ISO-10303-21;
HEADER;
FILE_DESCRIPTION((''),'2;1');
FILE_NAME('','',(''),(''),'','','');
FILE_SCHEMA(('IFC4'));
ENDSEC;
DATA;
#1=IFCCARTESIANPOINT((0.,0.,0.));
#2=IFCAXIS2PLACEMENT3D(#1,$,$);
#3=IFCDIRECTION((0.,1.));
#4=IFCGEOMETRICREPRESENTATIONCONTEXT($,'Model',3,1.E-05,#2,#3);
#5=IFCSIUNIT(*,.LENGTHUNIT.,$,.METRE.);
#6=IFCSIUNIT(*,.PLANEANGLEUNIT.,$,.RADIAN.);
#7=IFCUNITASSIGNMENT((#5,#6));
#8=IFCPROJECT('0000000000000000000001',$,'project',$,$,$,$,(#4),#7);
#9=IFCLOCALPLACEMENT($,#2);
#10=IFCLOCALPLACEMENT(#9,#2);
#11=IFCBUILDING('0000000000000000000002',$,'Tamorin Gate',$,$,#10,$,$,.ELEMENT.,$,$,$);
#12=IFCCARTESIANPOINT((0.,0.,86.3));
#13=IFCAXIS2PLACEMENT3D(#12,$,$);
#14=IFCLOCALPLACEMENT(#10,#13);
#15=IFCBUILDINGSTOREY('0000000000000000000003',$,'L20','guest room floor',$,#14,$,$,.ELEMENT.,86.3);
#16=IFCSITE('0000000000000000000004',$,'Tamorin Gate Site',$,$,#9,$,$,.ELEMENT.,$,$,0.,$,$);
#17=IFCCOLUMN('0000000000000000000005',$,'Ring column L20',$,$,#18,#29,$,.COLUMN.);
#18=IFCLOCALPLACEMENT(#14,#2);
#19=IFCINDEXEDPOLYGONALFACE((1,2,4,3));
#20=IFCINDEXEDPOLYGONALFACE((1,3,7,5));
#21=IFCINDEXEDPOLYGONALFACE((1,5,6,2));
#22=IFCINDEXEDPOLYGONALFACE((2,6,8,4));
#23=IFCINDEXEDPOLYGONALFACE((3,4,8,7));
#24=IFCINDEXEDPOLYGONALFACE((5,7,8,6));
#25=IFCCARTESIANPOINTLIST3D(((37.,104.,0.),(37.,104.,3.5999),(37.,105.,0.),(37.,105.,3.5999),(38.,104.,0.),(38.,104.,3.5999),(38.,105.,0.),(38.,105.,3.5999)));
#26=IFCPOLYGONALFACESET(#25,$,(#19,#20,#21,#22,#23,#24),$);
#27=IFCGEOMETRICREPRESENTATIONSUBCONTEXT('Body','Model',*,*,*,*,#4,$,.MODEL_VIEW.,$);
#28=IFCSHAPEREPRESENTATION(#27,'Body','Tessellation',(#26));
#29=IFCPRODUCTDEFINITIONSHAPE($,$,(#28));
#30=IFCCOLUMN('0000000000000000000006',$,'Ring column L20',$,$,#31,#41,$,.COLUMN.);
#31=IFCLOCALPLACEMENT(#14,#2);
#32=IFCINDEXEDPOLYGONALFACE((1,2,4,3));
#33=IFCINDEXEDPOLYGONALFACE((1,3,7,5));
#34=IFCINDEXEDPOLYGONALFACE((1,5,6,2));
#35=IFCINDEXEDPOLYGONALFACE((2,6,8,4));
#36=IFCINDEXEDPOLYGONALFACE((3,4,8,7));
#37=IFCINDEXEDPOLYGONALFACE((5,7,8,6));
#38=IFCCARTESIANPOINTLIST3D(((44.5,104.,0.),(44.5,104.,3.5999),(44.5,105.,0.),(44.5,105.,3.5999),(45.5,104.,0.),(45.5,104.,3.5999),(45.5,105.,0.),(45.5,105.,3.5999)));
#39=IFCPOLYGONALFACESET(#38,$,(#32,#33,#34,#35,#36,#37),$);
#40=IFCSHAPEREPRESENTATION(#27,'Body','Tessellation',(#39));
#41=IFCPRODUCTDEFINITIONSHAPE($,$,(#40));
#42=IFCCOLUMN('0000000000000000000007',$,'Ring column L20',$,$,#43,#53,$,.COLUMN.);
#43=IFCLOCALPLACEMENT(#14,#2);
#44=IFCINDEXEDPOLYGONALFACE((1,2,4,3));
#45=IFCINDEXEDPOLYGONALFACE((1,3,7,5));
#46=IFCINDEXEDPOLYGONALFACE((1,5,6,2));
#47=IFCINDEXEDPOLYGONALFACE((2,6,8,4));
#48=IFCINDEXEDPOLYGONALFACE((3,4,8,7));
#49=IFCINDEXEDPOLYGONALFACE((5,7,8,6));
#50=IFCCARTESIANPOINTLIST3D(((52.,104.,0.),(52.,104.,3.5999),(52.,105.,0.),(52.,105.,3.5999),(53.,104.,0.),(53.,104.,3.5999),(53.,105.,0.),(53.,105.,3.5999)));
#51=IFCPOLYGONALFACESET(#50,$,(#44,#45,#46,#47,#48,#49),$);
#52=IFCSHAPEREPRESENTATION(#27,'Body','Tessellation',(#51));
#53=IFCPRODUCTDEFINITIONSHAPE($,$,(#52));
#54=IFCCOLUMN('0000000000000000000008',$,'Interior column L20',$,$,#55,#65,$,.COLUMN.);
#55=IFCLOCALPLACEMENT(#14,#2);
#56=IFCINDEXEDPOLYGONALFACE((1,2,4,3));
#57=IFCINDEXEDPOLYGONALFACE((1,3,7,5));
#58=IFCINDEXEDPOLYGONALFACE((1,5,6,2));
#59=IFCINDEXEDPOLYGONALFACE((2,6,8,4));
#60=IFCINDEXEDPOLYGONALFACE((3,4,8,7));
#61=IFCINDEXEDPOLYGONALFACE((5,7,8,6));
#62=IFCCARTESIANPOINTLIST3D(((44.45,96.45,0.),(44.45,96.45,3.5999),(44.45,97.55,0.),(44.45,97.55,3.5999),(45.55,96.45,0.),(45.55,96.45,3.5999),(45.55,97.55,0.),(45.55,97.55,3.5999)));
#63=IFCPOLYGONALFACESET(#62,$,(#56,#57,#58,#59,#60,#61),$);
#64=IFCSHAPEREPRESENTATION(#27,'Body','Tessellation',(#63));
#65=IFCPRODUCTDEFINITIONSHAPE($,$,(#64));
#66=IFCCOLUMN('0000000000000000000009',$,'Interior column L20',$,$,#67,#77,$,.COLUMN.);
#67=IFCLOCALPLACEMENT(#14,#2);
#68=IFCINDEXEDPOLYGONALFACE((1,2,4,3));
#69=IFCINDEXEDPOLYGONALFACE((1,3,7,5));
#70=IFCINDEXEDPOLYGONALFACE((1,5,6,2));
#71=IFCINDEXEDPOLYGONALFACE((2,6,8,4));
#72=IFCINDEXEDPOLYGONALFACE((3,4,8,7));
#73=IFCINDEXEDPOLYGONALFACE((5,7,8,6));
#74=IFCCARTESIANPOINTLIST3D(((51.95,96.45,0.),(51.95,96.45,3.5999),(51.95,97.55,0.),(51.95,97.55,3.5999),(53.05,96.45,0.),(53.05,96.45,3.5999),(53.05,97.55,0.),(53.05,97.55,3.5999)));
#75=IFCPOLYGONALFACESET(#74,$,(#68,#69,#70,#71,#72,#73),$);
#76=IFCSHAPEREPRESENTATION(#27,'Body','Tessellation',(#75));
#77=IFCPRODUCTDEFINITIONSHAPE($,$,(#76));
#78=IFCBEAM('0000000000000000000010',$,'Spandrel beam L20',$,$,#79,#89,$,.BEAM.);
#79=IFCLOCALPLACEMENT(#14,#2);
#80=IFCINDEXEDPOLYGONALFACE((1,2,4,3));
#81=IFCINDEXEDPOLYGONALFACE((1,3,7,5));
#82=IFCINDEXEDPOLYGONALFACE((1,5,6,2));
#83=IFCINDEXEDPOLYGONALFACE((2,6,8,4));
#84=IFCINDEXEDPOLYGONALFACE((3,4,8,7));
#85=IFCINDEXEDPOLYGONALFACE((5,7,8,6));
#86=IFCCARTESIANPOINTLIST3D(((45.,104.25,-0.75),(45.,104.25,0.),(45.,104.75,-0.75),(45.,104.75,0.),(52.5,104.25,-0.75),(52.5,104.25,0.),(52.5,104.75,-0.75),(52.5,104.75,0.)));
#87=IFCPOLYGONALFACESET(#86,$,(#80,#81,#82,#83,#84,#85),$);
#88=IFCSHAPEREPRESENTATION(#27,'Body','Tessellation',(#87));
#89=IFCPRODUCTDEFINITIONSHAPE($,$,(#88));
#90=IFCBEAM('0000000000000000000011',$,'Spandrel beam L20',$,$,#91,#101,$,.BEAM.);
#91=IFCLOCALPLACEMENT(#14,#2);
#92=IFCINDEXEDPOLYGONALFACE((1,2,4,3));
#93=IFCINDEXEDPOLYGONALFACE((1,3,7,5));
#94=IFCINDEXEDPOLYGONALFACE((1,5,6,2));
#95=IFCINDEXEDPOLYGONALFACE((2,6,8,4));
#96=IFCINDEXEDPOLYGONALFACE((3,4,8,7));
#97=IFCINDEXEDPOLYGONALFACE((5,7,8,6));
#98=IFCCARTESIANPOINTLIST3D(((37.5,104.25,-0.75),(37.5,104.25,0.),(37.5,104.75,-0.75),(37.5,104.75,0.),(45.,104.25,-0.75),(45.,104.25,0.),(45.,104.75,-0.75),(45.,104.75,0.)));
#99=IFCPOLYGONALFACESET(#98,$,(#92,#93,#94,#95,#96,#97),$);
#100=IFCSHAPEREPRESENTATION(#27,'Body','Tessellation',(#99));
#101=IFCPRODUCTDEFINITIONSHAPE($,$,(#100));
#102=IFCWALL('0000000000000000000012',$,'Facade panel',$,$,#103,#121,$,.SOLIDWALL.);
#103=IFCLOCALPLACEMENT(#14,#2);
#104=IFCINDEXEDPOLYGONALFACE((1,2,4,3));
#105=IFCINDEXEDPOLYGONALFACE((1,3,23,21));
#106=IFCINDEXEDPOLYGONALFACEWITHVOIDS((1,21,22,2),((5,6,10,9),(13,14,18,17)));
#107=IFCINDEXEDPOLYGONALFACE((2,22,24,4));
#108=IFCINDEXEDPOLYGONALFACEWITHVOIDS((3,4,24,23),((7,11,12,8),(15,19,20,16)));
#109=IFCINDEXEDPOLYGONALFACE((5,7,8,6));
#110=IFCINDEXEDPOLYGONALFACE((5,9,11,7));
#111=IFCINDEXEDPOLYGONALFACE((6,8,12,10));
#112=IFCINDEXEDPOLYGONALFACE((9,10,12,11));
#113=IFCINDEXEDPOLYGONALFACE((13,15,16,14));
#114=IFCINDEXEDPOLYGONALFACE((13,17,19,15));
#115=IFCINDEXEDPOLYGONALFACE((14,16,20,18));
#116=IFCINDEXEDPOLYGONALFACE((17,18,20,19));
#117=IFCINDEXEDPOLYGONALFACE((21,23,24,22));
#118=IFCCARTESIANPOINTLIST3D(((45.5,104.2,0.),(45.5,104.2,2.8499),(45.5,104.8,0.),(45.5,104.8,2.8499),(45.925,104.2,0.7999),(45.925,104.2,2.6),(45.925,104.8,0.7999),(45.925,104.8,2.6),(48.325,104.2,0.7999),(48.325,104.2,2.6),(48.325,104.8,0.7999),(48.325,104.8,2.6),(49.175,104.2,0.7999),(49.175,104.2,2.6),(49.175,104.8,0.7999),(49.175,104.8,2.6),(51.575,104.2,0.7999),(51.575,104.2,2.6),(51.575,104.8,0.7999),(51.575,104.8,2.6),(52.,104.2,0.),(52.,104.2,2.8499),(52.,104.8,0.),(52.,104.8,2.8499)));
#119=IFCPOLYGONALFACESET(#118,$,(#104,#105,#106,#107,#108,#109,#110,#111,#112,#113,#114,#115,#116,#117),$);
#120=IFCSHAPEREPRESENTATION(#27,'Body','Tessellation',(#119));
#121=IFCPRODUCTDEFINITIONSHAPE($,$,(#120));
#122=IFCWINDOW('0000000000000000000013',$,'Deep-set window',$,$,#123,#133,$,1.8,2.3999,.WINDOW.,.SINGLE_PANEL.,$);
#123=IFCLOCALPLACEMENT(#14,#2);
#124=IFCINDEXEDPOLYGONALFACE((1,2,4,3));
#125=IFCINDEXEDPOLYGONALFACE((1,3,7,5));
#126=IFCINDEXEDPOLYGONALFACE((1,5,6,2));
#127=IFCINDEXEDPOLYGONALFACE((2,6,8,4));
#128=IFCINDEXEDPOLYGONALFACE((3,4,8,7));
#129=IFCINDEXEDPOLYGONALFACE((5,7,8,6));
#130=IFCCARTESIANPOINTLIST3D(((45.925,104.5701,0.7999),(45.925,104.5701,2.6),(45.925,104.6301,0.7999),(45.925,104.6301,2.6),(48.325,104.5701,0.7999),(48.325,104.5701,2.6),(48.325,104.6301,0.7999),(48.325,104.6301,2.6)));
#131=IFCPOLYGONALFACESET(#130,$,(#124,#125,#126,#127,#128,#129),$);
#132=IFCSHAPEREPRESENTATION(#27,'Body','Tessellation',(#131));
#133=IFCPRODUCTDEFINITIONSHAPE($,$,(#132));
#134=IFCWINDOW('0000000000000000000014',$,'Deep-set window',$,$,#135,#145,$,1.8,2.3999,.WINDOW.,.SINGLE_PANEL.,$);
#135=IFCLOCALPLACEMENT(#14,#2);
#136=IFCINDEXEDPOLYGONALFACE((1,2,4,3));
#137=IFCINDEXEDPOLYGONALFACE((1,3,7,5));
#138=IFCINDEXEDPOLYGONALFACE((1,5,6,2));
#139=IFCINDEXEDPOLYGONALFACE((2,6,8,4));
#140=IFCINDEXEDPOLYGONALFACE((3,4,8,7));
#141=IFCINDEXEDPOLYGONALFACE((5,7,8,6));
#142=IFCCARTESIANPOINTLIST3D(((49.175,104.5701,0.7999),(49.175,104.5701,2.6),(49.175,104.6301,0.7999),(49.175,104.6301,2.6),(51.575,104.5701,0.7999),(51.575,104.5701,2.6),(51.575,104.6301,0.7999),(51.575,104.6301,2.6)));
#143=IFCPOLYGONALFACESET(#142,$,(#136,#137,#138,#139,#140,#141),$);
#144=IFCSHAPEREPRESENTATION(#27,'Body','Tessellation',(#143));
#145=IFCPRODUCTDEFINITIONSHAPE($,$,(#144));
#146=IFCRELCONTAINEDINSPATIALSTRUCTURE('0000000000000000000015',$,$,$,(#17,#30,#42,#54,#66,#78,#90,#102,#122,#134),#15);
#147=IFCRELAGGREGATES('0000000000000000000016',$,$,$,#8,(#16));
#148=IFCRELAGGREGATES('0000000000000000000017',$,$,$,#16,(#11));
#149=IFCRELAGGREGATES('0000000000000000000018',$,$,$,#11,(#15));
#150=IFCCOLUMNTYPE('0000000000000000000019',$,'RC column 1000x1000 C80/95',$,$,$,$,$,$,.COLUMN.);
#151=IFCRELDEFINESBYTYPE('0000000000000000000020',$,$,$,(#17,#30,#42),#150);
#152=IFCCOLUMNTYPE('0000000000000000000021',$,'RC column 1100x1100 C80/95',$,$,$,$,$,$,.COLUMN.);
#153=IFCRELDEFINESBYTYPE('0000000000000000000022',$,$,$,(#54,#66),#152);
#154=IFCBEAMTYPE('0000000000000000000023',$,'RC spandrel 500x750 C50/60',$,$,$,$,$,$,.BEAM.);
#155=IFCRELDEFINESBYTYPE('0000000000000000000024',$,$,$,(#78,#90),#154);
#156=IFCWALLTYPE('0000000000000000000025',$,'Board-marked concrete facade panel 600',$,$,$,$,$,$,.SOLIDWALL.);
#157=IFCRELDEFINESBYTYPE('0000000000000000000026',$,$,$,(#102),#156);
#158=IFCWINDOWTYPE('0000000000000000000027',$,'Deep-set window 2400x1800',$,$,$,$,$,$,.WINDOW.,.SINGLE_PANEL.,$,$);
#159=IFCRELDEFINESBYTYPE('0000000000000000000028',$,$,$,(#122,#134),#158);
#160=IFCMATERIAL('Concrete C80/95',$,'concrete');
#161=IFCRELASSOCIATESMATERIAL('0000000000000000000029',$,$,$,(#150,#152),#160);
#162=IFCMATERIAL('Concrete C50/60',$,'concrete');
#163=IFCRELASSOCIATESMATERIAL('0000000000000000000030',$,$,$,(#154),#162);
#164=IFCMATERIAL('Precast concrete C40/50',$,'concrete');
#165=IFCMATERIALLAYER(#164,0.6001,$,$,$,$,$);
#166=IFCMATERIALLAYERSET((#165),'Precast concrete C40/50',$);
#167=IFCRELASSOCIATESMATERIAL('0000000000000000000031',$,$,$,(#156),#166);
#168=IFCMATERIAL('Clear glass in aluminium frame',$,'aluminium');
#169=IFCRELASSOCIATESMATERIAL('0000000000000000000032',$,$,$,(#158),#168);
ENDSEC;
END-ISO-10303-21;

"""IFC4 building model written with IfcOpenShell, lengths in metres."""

from ifc_helpers import new_model, si_unit, direction, frame, frame_2d, origin, origin_2d, place, context, subcontext, project, spatial, rectangle, extrude, material, layer, layer_set, material_profile, profile_set, type_object, element, fill, save


model = new_model("IFC4")

# Units and contexts
model_context = context("Model", 3, precision=1e-05, world=origin(), true_north=direction((0.0, 1.0)))
body_context = subcontext(model_context, "Body", "Model", "MODEL_VIEW")
ifc_project = project(units=[si_unit("LENGTHUNIT", "METRE"), si_unit("PLANEANGLEUNIT", "RADIAN")], contexts=[model_context])

# Site, building, storey
site_placement = place(None, origin())
site = spatial("IfcSite", under=ifc_project, at=site_placement, Name="Tamorin Gate Site", CompositionType="ELEMENT", RefElevation=0.0)
building_placement = place(site_placement, origin())
building = spatial("IfcBuilding", under=site, at=building_placement, Name="Tamorin Gate", CompositionType="ELEMENT")
storey_placement = place(building_placement, frame((0.0, 0.0, 86.3)))
storey = spatial("IfcBuildingStorey", under=building, at=storey_placement, Name="L20", Description="guest room floor", CompositionType="ELEMENT", Elevation=86.3)

# Columns
ifc_material_1 = material(Name="Concrete C80/95", Category="concrete")
ifc_material_profile_1 = material_profile(ifc_material_1, rectangle(XDim=1.0, YDim=1.0, at=origin_2d()), Name="RC 1000x1000")
ifc_profile_set_1 = profile_set([ifc_material_profile_1], Name="Concrete C80/95")
column_type_1 = type_object("IfcColumnType", Name="RC column 1000x1000 C80/95", PredefinedType="COLUMN", material=ifc_profile_set_1)
for number, where, z_axis, x_axis, name in (
    (1, (37.5, 104.5, 0.0), (0.0, 0.0, 1.0), (1.0, 0.0, 0.0), "Ring column L20"),
    (2, (45.0, 104.5, 0.0), (0.0, 0.0, 1.0), (1.0, 0.0, 0.0), "Ring column L20"),
    (3, (52.5, 104.5, 0.0), (0.0, 0.0, 1.0), (1.0, 0.0, 0.0), "Ring column L20"),
):
    element("IfcColumn", number, at=place(storey_placement, frame(where, z_axis=z_axis, x_axis=x_axis)), inside=storey, type_object=column_type_1, Name=name, PredefinedType="COLUMN", context=body_context, shape_type="SweptSolid", body=[
        extrude(rectangle(XDim=1.0, YDim=1.0, at=origin_2d()), origin(), (0.0, 0.0, 1.0), 3.5999),
    ])
ifc_material_profile_2 = material_profile(ifc_material_1, rectangle(XDim=1.1001, YDim=1.1001, at=origin_2d()), Name="RC 1100x1100")
ifc_profile_set_2 = profile_set([ifc_material_profile_2], Name="Concrete C80/95")
column_type_2 = type_object("IfcColumnType", Name="RC column 1100x1100 C80/95", PredefinedType="COLUMN", material=ifc_profile_set_2)
for number, where, z_axis, x_axis, name in (
    (4, (45.0, 97.0, 0.0), (0.0, 0.0, 1.0), (1.0, 0.0, 0.0), "Interior column L20"),
    (5, (52.5, 97.0, 0.0), (0.0, 0.0, 1.0), (1.0, 0.0, 0.0), "Interior column L20"),
):
    element("IfcColumn", number, at=place(storey_placement, frame(where, z_axis=z_axis, x_axis=x_axis)), inside=storey, type_object=column_type_2, Name=name, PredefinedType="COLUMN", context=body_context, shape_type="SweptSolid", body=[
        extrude(rectangle(XDim=1.1001, YDim=1.1001, at=origin_2d()), origin(), (0.0, 0.0, 1.0), 3.5999),
    ])

# Beams
ifc_material_2 = material(Name="Concrete C50/60", Category="concrete")
ifc_material_profile_3 = material_profile(ifc_material_2, rectangle(XDim=0.5, YDim=0.75, at=origin_2d()), Name="RC 500x750")
ifc_profile_set_3 = profile_set([ifc_material_profile_3], Name="Concrete C50/60")
beam_type = type_object("IfcBeamType", Name="RC spandrel 500x750 C50/60", PredefinedType="BEAM", material=ifc_profile_set_3)
for number, where, z_axis, x_axis, name in (
    (6, (52.5, 104.5, -0.375), (-1.0, 0.0, 0.0), (0.0, -1.0, 0.0), "Spandrel beam L20"),
    (7, (45.0, 104.5, -0.375), (-1.0, 0.0, 0.0), (0.0, -1.0, 0.0), "Spandrel beam L20"),
):
    element("IfcBeam", number, at=place(storey_placement, frame(where, z_axis=z_axis, x_axis=x_axis)), inside=storey, type_object=beam_type, Name=name, PredefinedType="BEAM", context=body_context, shape_type="SweptSolid", body=[
        extrude(rectangle(XDim=0.5, YDim=0.75, at=origin_2d()), origin(), (0.0, 0.0, 1.0), 7.5),
    ])

# Wall, openings, windows
ifc_material_3 = material(Name="Precast concrete C40/50", Category="concrete")
ifc_layer_1 = layer(ifc_material_3, 0.6001)
ifc_layer_set_1 = layer_set([ifc_layer_1], Name="Precast concrete C40/50")
wall_type_1 = type_object("IfcWallType", Name="Board-marked concrete facade panel 600", PredefinedType="SOLIDWALL", material=ifc_layer_set_1)
wall_1_placement = place(storey_placement, frame((52.0, 104.5, 0.0), z_axis=(0.0, 0.0, 1.0), x_axis=(-1.0, 0.0, 0.0)))
wall_1 = element("IfcWall", 8, at=wall_1_placement, inside=storey, type_object=wall_type_1, Name="Facade panel", PredefinedType="SOLIDWALL", context=body_context, shape_type="SweptSolid", body=[
    extrude(rectangle(XDim=6.5, YDim=0.6001, at=frame_2d((3.25, 0.0))), origin(), (0.0, 0.0, 1.0), 2.8499),
])
opening_1_placement = place(wall_1_placement, frame((3.675, 0.0, 0.8)))
opening_1 = element("IfcOpeningElement", 9, at=opening_1_placement, cuts=wall_1, PredefinedType="OPENING", context=body_context, shape_type="SweptSolid", body=[
    extrude(rectangle(XDim=2.3999, YDim=1.8, at=frame_2d((1.2, 0.8999))), frame((0.0, 0.3101, 0.0), z_axis=(0.0, -1.0, 0.0), x_axis=(1.0, 0.0, 0.0)), (0.0, 0.0, 1.0), 0.6201),
])
opening_2_placement = place(wall_1_placement, frame((0.425, 0.0, 0.8)))
opening_2 = element("IfcOpeningElement", 10, at=opening_2_placement, cuts=wall_1, PredefinedType="OPENING", context=body_context, shape_type="SweptSolid", body=[
    extrude(rectangle(XDim=2.3999, YDim=1.8, at=frame_2d((1.2, 0.8999))), frame((0.0, 0.3101, 0.0), z_axis=(0.0, -1.0, 0.0), x_axis=(1.0, 0.0, 0.0)), (0.0, 0.0, 1.0), 0.6201),
])
ifc_material_4 = material(Name="Clear glass in aluminium frame", Category="aluminium")
window_type = type_object("IfcWindowType", Name="Deep-set window 2400x1800", PartitioningType="SINGLE_PANEL", PredefinedType="WINDOW", material=ifc_material_4)
window_1_placement = place(opening_1_placement, origin())
window_1 = element("IfcWindow", 11, at=window_1_placement, inside=storey, type_object=window_type, Name="Deep-set window", OverallHeight=1.8, OverallWidth=2.3999, PartitioningType="SINGLE_PANEL", PredefinedType="WINDOW", context=body_context, shape_type="SweptSolid", body=[
    extrude(rectangle(XDim=2.3999, YDim=1.8, at=frame_2d((1.2, 0.8999))), frame((0.0, -0.0701, 0.0), z_axis=(0.0, -1.0, 0.0), x_axis=(1.0, 0.0, 0.0)), (0.0, 0.0, 1.0), 0.0601),
])
fill(opening_1, window_1)
window_2_placement = place(opening_2_placement, origin())
window_2 = element("IfcWindow", 12, at=window_2_placement, inside=storey, type_object=window_type, Name="Deep-set window", OverallHeight=1.8, OverallWidth=2.3999, PartitioningType="SINGLE_PANEL", PredefinedType="WINDOW", context=body_context, shape_type="SweptSolid", body=[
    extrude(rectangle(XDim=2.3999, YDim=1.8, at=frame_2d((1.2, 0.8999))), frame((0.0, -0.0701, 0.0), z_axis=(0.0, -1.0, 0.0), x_axis=(1.0, 0.0, 0.0)), (0.0, 0.0, 1.0), 0.0601),
])
fill(opening_2, window_2)

save(model, "model.ifc")
